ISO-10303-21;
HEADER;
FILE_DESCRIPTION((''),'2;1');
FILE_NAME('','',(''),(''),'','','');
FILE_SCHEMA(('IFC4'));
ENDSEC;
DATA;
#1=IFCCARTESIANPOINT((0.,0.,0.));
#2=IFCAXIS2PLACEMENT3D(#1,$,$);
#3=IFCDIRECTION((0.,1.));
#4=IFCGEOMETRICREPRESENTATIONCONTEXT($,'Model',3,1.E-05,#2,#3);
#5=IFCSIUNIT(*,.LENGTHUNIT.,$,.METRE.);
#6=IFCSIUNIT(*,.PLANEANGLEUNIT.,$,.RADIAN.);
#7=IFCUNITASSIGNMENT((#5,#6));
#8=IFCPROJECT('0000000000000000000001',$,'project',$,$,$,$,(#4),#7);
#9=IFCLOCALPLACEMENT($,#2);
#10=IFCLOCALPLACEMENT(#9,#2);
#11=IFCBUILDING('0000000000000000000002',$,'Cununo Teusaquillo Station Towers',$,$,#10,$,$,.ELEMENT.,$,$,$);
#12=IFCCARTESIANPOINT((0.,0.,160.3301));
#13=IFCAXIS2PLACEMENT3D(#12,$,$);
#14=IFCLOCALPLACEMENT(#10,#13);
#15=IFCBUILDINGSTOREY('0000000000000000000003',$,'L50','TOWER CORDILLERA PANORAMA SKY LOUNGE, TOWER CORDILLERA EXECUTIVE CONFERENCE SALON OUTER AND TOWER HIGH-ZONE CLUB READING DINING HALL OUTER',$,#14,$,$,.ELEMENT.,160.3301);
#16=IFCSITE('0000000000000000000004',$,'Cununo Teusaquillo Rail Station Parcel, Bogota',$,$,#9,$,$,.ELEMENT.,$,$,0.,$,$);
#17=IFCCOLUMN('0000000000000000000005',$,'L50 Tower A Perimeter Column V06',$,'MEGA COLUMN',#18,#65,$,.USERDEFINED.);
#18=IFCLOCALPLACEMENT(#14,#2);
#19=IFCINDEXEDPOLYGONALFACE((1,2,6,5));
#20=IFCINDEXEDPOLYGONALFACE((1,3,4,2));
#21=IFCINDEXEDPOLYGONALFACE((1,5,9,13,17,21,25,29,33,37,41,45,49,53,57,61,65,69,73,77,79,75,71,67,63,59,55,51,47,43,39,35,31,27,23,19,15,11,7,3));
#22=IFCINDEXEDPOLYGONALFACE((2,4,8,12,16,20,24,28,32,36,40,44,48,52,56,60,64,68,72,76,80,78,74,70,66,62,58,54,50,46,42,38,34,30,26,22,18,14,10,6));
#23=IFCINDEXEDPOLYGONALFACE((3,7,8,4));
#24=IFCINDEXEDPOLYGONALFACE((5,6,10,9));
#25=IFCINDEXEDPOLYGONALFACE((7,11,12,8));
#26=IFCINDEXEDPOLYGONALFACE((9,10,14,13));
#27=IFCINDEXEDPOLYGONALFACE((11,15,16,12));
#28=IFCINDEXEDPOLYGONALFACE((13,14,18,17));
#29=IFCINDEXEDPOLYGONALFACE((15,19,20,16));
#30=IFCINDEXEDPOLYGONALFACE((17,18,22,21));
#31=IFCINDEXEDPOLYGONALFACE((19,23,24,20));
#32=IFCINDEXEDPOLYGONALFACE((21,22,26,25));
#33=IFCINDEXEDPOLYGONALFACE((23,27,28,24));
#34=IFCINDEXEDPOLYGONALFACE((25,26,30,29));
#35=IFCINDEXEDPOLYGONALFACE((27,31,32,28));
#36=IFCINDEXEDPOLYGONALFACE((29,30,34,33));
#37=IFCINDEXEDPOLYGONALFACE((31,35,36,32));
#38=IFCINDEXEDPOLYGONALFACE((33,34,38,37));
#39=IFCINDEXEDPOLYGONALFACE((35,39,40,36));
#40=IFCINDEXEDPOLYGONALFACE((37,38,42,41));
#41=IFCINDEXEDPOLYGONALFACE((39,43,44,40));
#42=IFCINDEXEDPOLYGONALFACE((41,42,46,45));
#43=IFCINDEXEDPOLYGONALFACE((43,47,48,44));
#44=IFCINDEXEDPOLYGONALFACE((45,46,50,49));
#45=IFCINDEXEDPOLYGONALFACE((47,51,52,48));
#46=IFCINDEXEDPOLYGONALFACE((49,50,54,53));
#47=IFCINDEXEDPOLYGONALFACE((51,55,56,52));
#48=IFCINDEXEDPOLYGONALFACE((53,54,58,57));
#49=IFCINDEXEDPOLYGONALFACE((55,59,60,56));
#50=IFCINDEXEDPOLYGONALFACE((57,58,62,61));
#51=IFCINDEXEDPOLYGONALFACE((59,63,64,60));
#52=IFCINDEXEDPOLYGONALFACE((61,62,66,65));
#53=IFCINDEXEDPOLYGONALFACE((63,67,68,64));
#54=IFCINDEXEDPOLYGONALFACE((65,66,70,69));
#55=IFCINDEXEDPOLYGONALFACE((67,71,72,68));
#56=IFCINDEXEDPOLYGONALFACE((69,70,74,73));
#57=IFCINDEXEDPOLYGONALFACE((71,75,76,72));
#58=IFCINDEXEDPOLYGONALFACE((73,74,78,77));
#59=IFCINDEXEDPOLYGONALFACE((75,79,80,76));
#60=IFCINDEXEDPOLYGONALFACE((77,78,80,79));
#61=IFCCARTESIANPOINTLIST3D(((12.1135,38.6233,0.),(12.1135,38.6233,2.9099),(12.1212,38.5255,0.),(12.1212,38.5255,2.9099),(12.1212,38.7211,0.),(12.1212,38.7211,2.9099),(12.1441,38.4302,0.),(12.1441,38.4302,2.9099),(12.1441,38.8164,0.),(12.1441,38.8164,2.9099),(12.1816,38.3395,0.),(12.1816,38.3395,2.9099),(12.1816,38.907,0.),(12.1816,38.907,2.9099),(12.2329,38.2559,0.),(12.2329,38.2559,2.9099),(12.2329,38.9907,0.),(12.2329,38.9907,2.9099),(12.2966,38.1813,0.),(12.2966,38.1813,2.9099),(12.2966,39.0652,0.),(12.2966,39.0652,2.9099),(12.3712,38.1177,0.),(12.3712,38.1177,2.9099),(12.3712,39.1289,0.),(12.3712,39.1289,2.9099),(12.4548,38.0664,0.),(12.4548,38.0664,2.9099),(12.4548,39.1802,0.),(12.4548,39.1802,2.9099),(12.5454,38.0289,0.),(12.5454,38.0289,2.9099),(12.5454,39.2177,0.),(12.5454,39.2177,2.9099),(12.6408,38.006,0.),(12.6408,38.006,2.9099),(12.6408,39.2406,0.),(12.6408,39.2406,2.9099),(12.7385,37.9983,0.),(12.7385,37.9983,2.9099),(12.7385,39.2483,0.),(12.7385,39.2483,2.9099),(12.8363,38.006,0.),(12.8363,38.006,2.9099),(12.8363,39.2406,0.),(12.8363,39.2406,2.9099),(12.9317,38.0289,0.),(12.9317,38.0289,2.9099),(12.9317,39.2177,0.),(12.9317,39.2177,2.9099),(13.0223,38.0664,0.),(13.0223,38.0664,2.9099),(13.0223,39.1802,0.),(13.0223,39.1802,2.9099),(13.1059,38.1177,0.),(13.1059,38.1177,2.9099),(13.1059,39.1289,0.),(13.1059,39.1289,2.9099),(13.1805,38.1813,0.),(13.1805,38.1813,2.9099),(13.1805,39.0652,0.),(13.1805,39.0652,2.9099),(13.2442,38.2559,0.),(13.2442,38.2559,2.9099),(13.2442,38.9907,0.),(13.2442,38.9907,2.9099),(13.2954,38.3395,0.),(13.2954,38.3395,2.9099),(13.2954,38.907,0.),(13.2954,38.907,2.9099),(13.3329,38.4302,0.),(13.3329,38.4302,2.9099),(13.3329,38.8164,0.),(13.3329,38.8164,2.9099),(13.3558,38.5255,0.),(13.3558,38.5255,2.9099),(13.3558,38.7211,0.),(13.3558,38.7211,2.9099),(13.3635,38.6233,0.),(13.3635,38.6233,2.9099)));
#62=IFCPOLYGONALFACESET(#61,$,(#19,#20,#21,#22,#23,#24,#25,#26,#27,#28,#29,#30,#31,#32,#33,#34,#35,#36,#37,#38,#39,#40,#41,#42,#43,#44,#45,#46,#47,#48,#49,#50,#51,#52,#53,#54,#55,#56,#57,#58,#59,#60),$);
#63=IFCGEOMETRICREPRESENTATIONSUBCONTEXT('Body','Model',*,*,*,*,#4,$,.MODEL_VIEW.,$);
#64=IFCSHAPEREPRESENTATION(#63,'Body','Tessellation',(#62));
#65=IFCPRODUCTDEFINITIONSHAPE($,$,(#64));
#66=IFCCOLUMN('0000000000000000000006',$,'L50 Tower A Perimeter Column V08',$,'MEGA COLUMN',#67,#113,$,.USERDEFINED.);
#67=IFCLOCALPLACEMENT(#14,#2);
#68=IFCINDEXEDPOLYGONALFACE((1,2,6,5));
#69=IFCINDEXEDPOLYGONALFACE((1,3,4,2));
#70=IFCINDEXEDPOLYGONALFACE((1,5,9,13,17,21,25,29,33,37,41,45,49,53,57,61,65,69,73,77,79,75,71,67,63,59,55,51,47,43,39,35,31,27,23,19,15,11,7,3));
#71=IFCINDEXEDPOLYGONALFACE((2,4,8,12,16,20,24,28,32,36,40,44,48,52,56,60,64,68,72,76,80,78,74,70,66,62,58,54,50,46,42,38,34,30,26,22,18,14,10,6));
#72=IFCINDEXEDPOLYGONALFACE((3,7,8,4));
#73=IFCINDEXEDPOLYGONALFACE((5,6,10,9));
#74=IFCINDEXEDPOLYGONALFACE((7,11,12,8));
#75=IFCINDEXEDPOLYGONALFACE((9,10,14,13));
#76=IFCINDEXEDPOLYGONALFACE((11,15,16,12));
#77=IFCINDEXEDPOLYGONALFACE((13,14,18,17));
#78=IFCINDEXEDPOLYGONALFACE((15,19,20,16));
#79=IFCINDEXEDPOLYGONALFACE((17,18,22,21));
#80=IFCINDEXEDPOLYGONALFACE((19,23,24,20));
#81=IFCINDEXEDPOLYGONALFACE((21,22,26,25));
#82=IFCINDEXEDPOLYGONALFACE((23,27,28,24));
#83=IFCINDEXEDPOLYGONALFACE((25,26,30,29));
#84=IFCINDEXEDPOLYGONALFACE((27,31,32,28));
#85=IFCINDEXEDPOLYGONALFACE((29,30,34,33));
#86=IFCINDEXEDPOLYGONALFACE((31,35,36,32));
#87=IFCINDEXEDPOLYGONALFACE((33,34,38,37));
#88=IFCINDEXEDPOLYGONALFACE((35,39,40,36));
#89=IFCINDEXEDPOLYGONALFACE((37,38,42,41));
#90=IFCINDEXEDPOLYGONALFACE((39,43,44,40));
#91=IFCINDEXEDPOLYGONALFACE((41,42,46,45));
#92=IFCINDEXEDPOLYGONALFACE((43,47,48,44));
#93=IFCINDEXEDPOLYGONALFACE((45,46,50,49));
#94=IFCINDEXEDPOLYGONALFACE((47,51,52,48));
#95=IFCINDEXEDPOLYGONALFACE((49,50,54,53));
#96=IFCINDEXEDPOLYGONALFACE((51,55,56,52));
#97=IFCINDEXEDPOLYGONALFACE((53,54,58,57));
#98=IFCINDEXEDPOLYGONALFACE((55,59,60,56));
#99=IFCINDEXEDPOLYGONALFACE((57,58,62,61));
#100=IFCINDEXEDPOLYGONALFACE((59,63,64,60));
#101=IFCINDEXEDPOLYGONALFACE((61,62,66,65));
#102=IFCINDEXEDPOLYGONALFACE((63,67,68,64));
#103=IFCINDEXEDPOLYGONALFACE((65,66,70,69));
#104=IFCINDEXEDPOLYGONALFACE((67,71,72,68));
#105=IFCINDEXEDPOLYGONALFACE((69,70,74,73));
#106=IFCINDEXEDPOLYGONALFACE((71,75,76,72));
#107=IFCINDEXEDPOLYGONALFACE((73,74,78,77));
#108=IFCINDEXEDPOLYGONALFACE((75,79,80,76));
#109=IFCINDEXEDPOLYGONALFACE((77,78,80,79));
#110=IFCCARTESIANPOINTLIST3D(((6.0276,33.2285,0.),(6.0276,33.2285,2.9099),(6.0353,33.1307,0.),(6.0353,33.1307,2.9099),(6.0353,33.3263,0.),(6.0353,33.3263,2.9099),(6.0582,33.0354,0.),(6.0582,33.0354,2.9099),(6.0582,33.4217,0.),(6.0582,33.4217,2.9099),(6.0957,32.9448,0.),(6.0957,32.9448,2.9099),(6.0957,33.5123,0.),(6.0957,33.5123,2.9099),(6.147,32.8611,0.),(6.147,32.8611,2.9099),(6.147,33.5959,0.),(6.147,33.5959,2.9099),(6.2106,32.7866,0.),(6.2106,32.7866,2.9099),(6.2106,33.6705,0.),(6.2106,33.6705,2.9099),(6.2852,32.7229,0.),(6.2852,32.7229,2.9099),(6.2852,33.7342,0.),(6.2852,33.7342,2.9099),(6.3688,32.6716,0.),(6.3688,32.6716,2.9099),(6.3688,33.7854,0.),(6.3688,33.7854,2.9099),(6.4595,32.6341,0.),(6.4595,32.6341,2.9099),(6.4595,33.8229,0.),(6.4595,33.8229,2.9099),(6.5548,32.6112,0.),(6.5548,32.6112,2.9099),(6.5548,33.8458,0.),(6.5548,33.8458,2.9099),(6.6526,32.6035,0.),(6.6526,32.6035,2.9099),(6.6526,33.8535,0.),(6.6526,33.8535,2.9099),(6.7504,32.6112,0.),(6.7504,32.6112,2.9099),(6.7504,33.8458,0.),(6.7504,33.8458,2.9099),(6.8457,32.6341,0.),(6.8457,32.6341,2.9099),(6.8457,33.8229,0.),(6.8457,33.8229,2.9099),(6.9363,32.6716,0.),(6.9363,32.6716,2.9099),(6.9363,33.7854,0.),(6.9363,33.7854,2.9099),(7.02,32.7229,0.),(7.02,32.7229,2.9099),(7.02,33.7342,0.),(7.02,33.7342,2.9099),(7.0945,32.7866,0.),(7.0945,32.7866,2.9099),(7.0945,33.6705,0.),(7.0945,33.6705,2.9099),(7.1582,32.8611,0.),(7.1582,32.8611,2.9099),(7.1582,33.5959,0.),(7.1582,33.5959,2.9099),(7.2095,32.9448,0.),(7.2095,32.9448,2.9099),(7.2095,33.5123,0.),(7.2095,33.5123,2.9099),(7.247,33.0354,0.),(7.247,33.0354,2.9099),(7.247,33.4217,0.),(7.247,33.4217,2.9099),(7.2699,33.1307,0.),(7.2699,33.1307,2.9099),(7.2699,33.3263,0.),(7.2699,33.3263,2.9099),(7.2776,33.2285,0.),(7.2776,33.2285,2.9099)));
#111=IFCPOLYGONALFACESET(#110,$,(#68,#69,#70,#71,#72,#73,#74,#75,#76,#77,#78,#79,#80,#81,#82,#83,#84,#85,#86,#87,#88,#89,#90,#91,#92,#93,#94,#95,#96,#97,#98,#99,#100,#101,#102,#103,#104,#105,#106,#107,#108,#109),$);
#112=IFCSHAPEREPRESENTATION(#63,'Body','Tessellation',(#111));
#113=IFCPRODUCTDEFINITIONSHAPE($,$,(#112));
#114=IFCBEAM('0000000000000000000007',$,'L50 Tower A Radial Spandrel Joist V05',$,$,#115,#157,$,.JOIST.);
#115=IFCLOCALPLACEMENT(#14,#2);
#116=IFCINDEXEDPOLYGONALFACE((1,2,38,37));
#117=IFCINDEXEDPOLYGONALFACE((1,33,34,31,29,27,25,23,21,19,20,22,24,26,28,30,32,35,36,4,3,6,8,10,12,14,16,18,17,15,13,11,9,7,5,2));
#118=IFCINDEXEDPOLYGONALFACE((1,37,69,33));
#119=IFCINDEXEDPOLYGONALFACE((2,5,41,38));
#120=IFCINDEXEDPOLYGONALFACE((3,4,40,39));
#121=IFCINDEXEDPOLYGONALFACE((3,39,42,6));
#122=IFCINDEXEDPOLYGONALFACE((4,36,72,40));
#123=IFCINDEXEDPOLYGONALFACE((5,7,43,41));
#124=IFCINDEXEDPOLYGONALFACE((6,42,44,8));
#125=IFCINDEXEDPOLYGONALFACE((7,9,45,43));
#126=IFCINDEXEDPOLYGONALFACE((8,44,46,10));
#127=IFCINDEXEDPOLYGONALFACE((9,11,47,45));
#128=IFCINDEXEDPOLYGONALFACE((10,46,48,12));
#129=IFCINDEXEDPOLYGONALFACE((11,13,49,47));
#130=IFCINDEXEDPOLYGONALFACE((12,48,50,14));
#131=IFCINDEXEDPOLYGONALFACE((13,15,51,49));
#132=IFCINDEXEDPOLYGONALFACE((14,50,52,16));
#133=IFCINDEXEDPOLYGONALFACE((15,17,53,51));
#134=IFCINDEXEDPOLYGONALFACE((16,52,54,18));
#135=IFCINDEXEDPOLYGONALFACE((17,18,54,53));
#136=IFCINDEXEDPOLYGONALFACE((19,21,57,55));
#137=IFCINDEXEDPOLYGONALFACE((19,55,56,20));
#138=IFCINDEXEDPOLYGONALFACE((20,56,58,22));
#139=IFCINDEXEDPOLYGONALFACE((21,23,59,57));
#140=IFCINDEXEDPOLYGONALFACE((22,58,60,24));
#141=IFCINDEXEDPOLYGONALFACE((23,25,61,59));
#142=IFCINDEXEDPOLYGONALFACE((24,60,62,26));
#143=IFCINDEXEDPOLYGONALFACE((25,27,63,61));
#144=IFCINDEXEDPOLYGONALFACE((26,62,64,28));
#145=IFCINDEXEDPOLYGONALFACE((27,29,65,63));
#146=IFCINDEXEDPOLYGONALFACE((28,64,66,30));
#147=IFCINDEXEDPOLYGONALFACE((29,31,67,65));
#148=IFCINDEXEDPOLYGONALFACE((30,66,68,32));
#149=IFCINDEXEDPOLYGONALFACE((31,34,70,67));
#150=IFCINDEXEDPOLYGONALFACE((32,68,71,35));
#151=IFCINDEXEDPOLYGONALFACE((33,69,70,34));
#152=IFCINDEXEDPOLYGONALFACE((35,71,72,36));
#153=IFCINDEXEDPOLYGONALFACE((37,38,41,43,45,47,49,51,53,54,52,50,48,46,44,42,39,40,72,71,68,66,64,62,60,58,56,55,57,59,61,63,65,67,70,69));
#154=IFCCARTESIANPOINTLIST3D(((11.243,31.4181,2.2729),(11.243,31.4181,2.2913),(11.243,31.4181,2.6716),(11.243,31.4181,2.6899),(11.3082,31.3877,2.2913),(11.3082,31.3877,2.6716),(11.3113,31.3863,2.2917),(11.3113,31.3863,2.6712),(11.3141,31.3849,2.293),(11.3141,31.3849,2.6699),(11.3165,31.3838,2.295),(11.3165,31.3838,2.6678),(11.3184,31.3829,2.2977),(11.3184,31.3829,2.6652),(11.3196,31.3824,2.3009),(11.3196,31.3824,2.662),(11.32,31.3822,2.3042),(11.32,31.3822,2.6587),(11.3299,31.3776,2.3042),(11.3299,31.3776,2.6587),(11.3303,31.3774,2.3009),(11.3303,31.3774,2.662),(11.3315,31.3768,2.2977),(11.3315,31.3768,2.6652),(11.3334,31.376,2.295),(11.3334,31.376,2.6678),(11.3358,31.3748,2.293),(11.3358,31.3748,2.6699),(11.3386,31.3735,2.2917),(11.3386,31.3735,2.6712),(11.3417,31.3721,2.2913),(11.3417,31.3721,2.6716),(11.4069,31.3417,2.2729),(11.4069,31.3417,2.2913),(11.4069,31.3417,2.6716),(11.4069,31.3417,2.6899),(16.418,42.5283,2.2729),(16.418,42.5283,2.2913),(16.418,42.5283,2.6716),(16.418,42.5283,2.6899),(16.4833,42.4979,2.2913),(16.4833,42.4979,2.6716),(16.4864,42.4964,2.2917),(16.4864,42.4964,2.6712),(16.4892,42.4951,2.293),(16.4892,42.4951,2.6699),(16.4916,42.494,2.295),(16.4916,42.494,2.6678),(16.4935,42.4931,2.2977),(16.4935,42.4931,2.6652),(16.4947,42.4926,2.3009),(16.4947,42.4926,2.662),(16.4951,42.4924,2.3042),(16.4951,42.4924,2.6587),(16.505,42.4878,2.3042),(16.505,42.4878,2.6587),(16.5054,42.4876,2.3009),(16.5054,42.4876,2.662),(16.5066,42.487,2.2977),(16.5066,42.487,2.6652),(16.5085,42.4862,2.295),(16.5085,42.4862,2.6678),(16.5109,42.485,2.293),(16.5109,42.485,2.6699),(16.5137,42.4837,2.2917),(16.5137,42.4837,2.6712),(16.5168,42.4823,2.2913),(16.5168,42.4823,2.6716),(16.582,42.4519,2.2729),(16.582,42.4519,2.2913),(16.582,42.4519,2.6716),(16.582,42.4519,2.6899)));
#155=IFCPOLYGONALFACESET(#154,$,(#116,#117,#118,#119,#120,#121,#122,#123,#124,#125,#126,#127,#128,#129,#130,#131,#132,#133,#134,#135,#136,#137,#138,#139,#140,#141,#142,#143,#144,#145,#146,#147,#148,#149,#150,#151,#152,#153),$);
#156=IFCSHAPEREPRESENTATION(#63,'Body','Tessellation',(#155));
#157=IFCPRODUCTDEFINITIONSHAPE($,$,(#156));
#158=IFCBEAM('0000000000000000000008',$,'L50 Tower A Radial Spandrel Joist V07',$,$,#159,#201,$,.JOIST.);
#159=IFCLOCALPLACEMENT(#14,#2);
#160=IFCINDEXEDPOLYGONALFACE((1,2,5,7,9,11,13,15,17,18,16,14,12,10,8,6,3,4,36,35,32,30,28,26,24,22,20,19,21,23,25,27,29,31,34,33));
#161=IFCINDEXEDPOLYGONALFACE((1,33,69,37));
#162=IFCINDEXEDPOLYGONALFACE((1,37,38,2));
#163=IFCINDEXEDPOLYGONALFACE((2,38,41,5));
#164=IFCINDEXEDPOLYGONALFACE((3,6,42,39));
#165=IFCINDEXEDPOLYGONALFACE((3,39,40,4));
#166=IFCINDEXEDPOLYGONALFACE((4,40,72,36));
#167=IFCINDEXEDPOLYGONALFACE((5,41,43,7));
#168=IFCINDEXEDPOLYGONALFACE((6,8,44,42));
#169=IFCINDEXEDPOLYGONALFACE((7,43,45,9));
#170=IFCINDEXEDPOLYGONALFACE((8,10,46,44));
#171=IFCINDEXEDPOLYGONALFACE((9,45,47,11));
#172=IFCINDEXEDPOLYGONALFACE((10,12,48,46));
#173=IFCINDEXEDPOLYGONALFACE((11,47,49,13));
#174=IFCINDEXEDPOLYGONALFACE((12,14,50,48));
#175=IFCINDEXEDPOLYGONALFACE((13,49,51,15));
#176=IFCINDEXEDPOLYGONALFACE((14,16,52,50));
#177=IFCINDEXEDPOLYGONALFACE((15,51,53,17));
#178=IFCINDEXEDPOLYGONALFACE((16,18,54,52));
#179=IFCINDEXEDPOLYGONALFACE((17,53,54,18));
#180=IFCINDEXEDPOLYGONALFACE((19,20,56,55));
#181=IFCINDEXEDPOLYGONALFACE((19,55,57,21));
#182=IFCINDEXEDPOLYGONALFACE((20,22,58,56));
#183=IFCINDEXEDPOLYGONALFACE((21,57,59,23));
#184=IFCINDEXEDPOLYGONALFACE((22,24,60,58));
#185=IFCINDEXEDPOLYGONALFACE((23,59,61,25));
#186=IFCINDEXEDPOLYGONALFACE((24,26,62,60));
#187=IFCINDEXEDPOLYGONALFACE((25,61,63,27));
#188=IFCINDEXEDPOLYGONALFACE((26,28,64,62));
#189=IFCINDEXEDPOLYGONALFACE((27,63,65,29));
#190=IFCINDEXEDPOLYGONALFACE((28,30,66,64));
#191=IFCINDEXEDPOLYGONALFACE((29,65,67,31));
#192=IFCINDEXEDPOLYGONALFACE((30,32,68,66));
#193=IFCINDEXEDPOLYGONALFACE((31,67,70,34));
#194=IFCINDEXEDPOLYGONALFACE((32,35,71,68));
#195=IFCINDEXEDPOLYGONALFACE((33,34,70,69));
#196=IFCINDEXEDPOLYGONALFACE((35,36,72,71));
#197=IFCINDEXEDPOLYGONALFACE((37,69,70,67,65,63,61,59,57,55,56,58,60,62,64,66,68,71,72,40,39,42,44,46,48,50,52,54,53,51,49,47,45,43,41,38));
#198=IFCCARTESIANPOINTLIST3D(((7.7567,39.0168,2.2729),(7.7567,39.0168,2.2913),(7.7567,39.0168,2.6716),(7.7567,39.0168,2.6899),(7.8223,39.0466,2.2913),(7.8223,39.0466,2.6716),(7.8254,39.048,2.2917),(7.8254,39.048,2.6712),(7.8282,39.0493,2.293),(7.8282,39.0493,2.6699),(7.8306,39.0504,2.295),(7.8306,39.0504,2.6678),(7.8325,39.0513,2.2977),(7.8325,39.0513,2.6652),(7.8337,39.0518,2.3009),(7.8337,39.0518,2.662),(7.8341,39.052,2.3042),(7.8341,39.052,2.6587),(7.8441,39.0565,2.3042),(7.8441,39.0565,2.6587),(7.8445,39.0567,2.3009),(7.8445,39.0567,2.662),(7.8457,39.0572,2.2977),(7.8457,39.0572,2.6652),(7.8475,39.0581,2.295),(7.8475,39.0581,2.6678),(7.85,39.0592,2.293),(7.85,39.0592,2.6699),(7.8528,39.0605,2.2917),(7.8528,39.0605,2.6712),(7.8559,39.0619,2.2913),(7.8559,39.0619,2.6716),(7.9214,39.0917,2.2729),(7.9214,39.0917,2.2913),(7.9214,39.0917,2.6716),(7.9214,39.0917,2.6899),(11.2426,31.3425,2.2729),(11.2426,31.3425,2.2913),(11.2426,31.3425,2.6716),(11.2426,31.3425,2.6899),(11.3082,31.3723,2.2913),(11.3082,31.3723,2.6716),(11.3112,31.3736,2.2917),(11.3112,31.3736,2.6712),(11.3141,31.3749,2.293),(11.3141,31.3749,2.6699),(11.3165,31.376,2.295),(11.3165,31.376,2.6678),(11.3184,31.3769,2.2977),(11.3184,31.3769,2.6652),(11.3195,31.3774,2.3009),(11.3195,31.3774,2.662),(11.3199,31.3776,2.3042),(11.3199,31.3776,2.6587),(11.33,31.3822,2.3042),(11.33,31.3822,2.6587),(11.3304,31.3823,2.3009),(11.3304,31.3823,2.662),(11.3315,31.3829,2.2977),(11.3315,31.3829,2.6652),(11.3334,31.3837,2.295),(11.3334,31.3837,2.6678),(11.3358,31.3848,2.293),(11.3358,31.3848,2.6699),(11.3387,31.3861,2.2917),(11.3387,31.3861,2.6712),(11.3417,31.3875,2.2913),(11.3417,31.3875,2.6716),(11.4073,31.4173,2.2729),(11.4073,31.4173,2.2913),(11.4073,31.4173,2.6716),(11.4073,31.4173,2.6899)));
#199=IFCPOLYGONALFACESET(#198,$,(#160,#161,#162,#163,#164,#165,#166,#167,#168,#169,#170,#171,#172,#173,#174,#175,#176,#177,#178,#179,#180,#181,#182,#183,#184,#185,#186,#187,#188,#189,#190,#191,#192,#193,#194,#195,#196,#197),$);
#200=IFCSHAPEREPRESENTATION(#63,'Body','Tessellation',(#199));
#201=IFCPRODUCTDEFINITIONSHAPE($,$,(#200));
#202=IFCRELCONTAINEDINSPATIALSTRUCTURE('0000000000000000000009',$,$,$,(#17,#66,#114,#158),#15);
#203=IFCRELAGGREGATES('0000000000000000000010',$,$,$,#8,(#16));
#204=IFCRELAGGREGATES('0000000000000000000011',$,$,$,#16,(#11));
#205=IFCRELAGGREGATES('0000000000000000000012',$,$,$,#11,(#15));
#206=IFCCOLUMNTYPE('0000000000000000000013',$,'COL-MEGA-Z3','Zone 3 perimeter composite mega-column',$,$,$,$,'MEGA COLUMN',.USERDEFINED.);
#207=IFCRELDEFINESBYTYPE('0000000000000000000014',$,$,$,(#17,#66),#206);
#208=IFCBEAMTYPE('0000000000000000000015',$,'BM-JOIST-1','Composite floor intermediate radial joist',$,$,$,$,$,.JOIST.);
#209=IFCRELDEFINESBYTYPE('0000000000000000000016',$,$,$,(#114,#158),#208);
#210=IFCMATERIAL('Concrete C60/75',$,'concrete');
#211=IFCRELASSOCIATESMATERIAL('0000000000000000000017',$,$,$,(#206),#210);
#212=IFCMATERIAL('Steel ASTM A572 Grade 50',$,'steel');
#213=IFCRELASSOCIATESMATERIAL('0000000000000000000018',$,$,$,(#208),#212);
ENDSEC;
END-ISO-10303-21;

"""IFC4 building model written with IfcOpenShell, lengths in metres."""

from ifc_helpers import new_model, si_unit, direction, frame, origin, origin_2d, place, context, subcontext, project, spatial, circle, i_section, extrude, material, material_profile, profile_set, type_object, element, save


model = new_model("IFC4")

# Units and contexts
model_context = context("Model", 3, precision=1e-05, world=origin(), true_north=direction((0.0, 1.0)))
body_context = subcontext(model_context, "Body", "Model", "MODEL_VIEW")
ifc_project = project(units=[si_unit("LENGTHUNIT", "METRE"), si_unit("PLANEANGLEUNIT", "RADIAN")], contexts=[model_context])

# Site, building, storey
site_placement = place(None, origin())
site = spatial("IfcSite", under=ifc_project, at=site_placement, Name="Cununo Teusaquillo Rail Station Parcel, Bogota", CompositionType="ELEMENT", RefElevation=0.0)
building_placement = place(site_placement, origin())
building = spatial("IfcBuilding", under=site, at=building_placement, Name="Cununo Teusaquillo Station Towers", CompositionType="ELEMENT")
storey_placement = place(building_placement, frame((0.0, 0.0, 160.3301)))
storey = spatial("IfcBuildingStorey", under=building, at=storey_placement, Name="L50", Description="TOWER CORDILLERA PANORAMA SKY LOUNGE, TOWER CORDILLERA EXECUTIVE CONFERENCE SALON OUTER AND TOWER HIGH-ZONE CLUB READING DINING HALL OUTER", CompositionType="ELEMENT", Elevation=160.3301)

# Columns
ifc_material_1 = material(Name="Concrete C60/75", Category="concrete")
ifc_material_profile_1 = material_profile(ifc_material_1, circle(Radius=0.625, at=origin_2d()), Name="RC-CIRC-1250")
ifc_profile_set_1 = profile_set([ifc_material_profile_1], Name="Concrete C60/75")
column_type = type_object("IfcColumnType", Name="COL-MEGA-Z3", Description="Zone 3 perimeter composite mega-column", ElementType="MEGA COLUMN", PredefinedType="USERDEFINED", material=ifc_profile_set_1)
for number, where, z_axis, x_axis, name in (
    (1, (12.7385, 38.6233, 0.0), (0.0, 0.0, 1.0), (1.0, 0.0, 0.0), "L50 Tower A Perimeter Column V06"),
    (2, (6.6526, 33.2285, 0.0), (0.0, 0.0, 1.0), (1.0, 0.0, 0.0), "L50 Tower A Perimeter Column V08"),
):
    element("IfcColumn", number, at=place(storey_placement, frame(where, z_axis=z_axis, x_axis=x_axis)), inside=storey, type_object=column_type, Name=name, ObjectType="MEGA COLUMN", PredefinedType="USERDEFINED", context=body_context, shape_type="SweptSolid", body=[
        extrude(circle(Radius=0.625, at=origin_2d()), origin(), (0.0, 0.0, 1.0), 2.9099),
    ])

# Beams
ifc_material_2 = material(Name="Steel ASTM A572 Grade 50", Category="steel")
ifc_material_profile_2 = material_profile(ifc_material_2, i_section(OverallWidth=0.1809, OverallDepth=0.417, WebThickness=0.011, FlangeThickness=0.0183, FilletRadius=0.0129, at=origin_2d()), Name="W16X57")
ifc_profile_set_2 = profile_set([ifc_material_profile_2], Name="Steel ASTM A572 Grade 50")
beam_type_1 = type_object("IfcBeamType", Name="BM-JOIST-1", Description="Composite floor intermediate radial joist", PredefinedType="JOIST", material=ifc_profile_set_2)
beam_1_placement = place(storey_placement, frame((11.325, 31.3799, 2.4814), z_axis=(0.422238, 0.906485, 0.0), x_axis=(-0.906485, 0.422238, 0.0)))
element("IfcBeam", 3, at=beam_1_placement, inside=storey, type_object=beam_type_1, Name="L50 Tower A Radial Spandrel Joist V05", PredefinedType="JOIST", context=body_context, shape_type="SweptSolid", body=[
    extrude(i_section(OverallWidth=0.1809, OverallDepth=0.417, WebThickness=0.011, FlangeThickness=0.0183, FilletRadius=0.0129, at=origin_2d()), origin(), (0.0, 0.0, 1.0), 12.2563),
])
beam_2_placement = place(storey_placement, frame((11.325, 31.3799, 2.4814), z_axis=(-0.413559, 0.910478, 0.0), x_axis=(-0.910478, -0.413559, 0.0)))
element("IfcBeam", 4, at=beam_2_placement, inside=storey, type_object=beam_type_1, Name="L50 Tower A Radial Spandrel Joist V07", PredefinedType="JOIST", context=body_context, shape_type="SweptSolid", body=[
    extrude(i_section(OverallWidth=0.1809, OverallDepth=0.417, WebThickness=0.011, FlangeThickness=0.0183, FilletRadius=0.0129, at=origin_2d()), origin(), (0.0, 0.0, 1.0), 8.429),
])

save(model, "model.ifc")
